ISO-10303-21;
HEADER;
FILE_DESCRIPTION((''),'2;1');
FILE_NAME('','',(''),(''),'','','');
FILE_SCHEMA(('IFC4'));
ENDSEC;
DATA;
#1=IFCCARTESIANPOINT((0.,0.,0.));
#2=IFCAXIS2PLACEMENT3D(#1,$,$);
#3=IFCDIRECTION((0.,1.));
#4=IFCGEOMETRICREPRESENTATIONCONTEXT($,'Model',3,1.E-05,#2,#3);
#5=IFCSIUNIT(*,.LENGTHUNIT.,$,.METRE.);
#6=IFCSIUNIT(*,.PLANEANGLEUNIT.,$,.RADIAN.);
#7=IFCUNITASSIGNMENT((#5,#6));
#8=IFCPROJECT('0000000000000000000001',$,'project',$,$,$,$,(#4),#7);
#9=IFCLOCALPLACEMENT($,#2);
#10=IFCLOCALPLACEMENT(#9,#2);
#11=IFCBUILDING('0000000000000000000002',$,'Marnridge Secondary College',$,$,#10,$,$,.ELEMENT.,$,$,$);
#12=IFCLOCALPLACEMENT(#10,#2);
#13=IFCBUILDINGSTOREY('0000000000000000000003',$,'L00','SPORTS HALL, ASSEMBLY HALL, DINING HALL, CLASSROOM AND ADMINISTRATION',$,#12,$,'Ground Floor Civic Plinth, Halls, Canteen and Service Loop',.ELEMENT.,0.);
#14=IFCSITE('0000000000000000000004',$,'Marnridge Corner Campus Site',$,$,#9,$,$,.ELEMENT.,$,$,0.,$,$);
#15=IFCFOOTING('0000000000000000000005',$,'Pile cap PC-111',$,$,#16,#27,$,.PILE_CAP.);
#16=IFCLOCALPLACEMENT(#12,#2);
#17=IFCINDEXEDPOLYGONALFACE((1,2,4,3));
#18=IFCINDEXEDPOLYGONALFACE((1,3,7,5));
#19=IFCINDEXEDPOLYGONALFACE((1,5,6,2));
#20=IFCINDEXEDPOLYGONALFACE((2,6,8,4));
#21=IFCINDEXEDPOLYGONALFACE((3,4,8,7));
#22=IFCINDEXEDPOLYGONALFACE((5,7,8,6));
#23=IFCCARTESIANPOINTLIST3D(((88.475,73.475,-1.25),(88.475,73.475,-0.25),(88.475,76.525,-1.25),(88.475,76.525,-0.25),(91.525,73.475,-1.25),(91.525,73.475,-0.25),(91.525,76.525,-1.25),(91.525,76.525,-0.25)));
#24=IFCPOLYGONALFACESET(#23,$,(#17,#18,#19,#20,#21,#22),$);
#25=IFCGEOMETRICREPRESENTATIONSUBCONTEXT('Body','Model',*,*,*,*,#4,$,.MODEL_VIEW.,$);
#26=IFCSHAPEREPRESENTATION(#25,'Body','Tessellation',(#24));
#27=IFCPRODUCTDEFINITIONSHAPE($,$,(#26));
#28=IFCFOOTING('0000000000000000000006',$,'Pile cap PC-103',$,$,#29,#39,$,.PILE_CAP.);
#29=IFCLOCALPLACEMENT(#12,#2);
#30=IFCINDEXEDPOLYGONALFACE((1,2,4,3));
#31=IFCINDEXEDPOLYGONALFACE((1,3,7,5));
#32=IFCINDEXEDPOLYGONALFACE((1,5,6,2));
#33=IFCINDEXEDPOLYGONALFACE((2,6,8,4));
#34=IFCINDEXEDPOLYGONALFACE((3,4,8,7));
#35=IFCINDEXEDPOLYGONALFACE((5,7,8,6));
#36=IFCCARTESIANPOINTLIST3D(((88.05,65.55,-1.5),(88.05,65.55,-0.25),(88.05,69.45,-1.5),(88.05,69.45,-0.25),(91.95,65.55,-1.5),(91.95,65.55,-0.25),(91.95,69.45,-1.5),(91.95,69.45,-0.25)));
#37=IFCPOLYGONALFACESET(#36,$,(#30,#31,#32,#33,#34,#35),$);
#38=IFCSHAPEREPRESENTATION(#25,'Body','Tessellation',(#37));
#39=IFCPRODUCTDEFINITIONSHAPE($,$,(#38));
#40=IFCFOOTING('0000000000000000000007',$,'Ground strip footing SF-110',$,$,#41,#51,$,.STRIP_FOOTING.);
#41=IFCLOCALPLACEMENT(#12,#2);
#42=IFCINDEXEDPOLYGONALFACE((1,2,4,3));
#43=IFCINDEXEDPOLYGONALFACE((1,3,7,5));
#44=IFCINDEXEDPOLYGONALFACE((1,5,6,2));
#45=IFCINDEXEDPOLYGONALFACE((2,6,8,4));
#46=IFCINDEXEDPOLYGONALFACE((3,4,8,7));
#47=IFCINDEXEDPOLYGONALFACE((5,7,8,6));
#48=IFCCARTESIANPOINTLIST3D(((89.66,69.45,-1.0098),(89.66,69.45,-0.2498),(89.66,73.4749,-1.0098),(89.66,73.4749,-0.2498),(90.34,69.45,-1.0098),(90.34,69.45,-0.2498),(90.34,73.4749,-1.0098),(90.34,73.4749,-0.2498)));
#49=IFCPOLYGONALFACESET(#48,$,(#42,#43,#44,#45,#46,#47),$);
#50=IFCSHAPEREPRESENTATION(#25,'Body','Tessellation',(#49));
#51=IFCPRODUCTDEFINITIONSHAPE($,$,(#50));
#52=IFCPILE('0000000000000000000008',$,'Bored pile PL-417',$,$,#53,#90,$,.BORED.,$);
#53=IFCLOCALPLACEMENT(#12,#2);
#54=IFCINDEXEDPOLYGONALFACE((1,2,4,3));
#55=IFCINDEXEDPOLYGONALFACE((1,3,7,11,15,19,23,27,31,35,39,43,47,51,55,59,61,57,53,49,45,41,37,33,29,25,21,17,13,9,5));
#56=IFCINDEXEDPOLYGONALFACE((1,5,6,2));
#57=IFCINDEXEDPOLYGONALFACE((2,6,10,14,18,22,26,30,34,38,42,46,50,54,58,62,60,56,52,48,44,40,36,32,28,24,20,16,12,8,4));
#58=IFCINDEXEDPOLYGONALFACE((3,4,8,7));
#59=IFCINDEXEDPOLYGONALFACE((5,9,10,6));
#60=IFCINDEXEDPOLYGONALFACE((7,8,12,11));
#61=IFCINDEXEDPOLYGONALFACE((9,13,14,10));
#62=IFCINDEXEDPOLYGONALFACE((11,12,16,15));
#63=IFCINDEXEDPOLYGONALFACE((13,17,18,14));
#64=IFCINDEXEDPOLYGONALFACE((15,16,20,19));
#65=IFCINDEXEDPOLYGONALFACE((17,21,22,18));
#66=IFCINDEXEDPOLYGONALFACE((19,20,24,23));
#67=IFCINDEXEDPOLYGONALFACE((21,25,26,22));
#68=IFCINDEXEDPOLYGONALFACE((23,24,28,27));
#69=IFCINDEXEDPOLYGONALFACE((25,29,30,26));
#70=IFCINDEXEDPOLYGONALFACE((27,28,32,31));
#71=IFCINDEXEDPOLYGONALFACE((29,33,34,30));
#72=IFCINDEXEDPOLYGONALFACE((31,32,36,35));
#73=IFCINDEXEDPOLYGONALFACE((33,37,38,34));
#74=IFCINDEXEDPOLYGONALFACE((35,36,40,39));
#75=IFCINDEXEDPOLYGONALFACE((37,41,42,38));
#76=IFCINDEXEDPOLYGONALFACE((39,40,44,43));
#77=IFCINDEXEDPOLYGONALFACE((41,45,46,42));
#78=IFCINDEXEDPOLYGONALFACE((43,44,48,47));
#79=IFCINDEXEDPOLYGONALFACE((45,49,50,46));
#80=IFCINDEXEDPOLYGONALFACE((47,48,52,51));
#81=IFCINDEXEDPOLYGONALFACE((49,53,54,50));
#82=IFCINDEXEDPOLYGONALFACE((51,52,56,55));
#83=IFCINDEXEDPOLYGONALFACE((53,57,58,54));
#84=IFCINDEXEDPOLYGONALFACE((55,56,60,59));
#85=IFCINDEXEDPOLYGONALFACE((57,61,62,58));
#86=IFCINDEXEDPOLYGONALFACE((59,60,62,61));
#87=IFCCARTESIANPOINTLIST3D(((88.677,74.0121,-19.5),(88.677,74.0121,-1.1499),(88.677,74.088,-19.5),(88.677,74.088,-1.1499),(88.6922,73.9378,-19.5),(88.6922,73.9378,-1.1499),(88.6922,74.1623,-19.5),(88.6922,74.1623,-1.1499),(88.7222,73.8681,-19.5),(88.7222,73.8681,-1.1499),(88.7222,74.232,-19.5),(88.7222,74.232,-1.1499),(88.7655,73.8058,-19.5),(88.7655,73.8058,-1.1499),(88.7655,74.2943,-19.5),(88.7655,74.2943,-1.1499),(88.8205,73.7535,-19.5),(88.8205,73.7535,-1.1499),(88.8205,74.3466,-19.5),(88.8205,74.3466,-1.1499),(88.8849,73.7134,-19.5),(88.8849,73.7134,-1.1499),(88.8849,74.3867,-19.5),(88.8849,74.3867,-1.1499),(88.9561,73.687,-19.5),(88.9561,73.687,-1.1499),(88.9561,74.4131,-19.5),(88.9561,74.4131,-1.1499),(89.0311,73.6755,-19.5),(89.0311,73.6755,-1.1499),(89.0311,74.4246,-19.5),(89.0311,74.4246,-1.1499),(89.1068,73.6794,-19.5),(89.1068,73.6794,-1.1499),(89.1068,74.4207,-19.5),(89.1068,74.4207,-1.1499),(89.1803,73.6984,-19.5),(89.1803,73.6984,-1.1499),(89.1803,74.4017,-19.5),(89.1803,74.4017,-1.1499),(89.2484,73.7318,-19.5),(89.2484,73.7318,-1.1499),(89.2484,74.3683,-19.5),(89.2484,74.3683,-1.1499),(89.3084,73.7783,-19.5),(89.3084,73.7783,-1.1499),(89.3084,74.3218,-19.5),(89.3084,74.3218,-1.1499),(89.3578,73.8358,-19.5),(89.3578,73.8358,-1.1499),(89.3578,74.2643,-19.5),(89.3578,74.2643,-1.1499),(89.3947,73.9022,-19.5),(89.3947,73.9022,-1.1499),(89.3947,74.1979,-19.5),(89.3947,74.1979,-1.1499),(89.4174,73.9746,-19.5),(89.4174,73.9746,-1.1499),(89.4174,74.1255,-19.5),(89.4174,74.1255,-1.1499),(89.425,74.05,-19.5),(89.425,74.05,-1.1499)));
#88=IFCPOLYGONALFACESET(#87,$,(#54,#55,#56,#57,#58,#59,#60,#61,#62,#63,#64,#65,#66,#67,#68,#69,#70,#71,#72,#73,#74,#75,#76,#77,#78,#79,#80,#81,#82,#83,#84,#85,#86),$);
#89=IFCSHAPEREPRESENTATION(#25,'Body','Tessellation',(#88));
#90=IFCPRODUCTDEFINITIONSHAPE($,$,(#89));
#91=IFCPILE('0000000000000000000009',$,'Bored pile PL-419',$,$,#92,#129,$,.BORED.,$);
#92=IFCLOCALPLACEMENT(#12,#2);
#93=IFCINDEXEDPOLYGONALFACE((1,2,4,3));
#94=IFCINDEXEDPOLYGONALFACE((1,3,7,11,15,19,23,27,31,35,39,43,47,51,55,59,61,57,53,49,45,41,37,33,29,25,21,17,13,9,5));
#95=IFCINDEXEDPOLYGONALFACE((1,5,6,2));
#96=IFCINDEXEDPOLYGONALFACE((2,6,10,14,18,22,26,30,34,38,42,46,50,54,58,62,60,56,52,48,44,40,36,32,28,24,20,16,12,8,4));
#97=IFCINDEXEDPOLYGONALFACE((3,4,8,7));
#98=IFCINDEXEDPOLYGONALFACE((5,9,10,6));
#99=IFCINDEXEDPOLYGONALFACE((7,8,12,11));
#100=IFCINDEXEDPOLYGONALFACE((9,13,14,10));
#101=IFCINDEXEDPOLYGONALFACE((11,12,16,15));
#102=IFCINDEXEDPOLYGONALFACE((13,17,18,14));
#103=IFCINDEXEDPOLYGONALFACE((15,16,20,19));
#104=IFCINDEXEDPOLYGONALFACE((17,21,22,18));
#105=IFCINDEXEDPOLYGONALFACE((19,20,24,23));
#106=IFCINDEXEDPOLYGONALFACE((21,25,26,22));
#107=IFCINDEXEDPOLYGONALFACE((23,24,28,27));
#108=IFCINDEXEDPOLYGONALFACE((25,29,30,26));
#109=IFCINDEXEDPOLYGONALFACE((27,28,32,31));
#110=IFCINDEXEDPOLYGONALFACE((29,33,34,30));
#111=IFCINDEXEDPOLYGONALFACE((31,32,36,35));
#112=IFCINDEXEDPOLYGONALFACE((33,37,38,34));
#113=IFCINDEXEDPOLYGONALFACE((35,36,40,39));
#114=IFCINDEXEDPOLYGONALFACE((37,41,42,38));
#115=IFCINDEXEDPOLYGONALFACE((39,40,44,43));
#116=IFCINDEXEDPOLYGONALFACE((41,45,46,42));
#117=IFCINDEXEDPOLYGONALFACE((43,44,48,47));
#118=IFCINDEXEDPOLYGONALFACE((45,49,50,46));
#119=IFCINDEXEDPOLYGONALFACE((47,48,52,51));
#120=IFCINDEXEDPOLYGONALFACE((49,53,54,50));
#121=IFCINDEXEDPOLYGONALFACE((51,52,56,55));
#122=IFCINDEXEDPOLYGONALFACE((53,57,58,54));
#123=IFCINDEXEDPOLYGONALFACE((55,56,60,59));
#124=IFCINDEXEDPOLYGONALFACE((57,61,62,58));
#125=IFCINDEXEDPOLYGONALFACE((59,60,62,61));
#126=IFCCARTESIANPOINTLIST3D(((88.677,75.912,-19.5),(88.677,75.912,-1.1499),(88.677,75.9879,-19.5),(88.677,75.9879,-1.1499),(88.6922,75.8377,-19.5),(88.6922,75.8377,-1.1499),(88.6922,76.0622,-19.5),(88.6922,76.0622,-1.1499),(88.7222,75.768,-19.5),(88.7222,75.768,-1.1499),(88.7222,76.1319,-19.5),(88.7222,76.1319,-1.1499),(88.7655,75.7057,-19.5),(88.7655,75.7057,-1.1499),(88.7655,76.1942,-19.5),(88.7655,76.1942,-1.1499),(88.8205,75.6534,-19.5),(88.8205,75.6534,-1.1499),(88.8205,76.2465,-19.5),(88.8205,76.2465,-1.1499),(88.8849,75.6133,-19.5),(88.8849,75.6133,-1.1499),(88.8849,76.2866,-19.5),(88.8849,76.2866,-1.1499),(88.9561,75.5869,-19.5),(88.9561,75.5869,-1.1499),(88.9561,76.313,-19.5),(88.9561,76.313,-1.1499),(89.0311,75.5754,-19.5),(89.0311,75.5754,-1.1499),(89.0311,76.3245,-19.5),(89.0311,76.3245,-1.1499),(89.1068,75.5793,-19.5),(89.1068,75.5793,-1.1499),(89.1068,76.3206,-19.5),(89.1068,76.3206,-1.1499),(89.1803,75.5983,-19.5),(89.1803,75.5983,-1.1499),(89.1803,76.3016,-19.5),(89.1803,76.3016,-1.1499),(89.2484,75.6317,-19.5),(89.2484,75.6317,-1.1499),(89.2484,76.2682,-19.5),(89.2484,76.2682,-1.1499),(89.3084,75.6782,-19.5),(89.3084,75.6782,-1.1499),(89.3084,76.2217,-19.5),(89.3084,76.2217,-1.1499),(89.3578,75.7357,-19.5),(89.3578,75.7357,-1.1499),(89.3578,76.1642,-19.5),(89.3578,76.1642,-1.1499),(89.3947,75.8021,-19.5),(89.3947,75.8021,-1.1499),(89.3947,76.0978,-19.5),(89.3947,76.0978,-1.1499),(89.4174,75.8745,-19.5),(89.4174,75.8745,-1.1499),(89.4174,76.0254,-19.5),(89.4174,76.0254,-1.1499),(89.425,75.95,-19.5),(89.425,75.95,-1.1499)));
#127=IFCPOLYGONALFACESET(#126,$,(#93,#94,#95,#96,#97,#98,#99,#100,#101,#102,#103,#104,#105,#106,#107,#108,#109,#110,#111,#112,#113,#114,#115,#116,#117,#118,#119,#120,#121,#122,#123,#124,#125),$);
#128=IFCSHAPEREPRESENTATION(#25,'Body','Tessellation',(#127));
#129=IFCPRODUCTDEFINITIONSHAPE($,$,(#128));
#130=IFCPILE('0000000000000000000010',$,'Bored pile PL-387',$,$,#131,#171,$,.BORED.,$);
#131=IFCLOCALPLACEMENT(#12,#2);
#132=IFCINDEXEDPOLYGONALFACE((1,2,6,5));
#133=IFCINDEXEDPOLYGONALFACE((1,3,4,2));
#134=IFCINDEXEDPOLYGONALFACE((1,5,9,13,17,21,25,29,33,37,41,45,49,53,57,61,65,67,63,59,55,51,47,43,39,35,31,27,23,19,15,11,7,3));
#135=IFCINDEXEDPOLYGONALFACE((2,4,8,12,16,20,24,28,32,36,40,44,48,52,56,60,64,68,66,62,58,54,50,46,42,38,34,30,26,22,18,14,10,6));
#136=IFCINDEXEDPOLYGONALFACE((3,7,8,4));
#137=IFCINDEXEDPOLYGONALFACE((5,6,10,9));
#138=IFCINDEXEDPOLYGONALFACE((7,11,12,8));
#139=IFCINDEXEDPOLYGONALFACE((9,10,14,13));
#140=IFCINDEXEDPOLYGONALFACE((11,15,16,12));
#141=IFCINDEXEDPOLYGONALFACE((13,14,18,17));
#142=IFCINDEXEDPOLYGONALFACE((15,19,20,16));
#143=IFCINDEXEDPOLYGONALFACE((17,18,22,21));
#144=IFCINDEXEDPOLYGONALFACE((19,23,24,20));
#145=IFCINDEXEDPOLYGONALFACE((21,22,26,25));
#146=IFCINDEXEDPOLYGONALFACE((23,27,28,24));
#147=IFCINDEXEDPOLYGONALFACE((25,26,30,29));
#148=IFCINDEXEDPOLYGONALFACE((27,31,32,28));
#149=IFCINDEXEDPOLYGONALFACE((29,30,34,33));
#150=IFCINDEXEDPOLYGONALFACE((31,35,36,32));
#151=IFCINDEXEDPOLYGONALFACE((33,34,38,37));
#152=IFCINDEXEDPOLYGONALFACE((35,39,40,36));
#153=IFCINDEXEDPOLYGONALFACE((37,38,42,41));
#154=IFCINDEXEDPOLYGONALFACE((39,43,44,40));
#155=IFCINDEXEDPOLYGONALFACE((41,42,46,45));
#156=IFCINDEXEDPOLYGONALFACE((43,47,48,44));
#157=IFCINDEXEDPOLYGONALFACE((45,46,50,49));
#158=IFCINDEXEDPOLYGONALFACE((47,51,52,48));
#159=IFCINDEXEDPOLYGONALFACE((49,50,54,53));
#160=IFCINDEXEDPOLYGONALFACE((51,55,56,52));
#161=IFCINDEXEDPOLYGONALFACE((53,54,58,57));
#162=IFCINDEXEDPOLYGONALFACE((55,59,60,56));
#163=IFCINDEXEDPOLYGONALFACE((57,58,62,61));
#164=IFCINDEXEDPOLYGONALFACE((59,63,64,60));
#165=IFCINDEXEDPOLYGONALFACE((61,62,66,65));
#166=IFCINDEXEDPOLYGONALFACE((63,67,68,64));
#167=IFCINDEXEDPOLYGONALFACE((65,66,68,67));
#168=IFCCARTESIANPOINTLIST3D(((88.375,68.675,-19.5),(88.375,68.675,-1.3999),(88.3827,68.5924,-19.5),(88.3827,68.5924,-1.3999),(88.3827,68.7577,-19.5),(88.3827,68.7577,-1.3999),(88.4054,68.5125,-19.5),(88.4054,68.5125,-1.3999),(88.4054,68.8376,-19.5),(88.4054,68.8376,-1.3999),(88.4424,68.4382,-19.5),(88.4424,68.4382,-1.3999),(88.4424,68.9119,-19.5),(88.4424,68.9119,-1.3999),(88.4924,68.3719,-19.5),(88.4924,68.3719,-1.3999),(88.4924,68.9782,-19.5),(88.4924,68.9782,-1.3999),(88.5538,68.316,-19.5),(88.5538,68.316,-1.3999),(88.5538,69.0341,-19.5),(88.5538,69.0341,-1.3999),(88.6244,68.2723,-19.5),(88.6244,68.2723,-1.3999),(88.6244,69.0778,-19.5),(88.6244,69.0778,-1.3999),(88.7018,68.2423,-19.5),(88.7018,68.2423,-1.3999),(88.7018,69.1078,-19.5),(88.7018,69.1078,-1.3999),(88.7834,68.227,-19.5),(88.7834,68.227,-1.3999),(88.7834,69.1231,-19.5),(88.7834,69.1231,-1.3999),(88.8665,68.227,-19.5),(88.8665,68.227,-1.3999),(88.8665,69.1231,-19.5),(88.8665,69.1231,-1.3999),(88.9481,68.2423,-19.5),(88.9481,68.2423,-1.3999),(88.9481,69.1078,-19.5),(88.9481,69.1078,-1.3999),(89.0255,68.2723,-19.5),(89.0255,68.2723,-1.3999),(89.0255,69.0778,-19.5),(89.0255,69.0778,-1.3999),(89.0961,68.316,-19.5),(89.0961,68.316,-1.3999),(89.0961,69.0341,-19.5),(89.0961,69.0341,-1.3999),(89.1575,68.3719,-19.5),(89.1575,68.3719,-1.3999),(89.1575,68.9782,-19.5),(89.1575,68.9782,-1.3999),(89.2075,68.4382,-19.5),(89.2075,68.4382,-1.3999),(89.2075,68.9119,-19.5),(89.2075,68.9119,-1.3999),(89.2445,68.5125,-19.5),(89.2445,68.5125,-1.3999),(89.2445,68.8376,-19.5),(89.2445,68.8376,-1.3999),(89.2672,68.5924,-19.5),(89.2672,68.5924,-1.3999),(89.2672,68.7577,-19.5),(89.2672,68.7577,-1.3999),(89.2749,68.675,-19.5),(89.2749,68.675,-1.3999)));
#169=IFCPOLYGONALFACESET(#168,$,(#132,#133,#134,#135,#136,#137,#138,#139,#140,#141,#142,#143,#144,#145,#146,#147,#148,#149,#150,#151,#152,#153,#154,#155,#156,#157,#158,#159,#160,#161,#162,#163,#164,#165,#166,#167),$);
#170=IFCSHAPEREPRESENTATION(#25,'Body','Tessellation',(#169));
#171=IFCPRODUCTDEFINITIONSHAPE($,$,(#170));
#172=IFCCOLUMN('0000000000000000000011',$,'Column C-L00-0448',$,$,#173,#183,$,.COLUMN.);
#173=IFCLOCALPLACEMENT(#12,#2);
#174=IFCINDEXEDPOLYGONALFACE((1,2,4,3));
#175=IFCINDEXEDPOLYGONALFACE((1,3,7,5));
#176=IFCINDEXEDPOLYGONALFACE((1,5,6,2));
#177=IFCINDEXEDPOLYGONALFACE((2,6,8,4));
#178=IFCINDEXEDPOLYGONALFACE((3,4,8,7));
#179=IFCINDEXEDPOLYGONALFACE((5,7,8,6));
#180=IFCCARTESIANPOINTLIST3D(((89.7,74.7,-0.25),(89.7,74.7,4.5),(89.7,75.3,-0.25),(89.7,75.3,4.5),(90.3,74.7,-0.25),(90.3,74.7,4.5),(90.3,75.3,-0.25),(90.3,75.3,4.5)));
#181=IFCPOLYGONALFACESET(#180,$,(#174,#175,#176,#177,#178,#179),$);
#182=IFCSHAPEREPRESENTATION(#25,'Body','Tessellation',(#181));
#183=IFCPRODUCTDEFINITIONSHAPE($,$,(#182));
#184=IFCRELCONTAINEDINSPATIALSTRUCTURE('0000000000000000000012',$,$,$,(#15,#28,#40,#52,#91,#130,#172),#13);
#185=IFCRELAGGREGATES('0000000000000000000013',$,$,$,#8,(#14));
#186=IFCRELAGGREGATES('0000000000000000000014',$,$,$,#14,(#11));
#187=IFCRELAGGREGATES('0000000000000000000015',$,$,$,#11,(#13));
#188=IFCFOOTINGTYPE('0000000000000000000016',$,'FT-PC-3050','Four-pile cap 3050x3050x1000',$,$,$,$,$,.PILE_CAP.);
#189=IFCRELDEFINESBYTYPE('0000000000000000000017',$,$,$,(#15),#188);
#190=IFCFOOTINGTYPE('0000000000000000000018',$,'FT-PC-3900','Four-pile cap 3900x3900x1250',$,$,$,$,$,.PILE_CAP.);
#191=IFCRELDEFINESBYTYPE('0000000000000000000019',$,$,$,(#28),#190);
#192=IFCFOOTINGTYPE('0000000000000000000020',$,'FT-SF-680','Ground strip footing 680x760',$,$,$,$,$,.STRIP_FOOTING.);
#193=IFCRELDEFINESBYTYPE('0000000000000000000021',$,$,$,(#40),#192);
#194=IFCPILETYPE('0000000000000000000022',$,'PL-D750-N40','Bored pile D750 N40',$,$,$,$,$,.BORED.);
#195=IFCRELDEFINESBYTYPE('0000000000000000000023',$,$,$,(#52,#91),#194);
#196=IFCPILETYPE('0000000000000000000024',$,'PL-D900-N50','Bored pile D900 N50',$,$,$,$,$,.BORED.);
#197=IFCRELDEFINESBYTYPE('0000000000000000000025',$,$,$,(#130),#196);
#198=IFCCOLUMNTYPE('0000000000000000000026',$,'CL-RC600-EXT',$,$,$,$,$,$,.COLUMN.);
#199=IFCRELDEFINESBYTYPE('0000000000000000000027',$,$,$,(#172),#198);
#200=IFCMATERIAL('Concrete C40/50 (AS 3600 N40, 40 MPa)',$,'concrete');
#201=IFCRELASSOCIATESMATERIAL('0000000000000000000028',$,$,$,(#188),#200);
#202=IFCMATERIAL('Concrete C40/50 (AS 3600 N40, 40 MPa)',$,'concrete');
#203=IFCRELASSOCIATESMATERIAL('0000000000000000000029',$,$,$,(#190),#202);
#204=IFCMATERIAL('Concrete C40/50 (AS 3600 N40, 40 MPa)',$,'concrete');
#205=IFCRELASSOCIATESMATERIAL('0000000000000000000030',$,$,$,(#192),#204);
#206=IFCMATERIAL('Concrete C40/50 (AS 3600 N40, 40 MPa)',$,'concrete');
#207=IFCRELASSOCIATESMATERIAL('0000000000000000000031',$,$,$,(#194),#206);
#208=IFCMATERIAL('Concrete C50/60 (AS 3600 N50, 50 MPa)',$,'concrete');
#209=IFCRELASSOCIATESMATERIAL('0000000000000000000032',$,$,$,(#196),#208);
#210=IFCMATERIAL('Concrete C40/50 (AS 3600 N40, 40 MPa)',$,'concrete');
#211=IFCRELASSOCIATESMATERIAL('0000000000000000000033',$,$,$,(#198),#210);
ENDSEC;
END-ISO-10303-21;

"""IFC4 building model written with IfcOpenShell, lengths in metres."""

from ifc_helpers import new_model, si_unit, direction, frame, origin, origin_2d, place, context, subcontext, project, spatial, rectangle, circle, extrude, material, material_profile, profile_set, type_object, element, save


model = new_model("IFC4")

# Units and contexts
model_context = context("Model", 3, precision=1e-05, world=origin(), true_north=direction((0.0, 1.0)))
body_context = subcontext(model_context, "Body", "Model", "MODEL_VIEW")
ifc_project = project(units=[si_unit("LENGTHUNIT", "METRE"), si_unit("PLANEANGLEUNIT", "RADIAN")], contexts=[model_context])

# Site, building, storey
site_placement = place(None, origin())
site = spatial("IfcSite", under=ifc_project, at=site_placement, Name="Marnridge Corner Campus Site", CompositionType="ELEMENT", RefElevation=0.0)
building_placement = place(site_placement, origin())
building = spatial("IfcBuilding", under=site, at=building_placement, Name="Marnridge Secondary College", CompositionType="ELEMENT")
storey_placement = place(building_placement, origin())
storey = spatial("IfcBuildingStorey", under=building, at=storey_placement, Name="L00", Description="SPORTS HALL, ASSEMBLY HALL, DINING HALL, CLASSROOM AND ADMINISTRATION", LongName="Ground Floor Civic Plinth, Halls, Canteen and Service Loop", CompositionType="ELEMENT", Elevation=0.0)

# Footings
ifc_material_1 = material(Name="Concrete C40/50 (AS 3600 N40, 40 MPa)", Category="concrete")
footing_type_1 = type_object("IfcFootingType", Name="FT-PC-3050", Description="Four-pile cap 3050x3050x1000", PredefinedType="PILE_CAP", material=ifc_material_1)
footing_1_placement = place(storey_placement, frame((90.0, 75.0, -1.25), z_axis=(0.0, 0.0, 1.0), x_axis=(1.0, 0.0, 0.0)))
element("IfcFooting", 1, at=footing_1_placement, inside=storey, type_object=footing_type_1, Name="Pile cap PC-111", PredefinedType="PILE_CAP", context=body_context, shape_type="SweptSolid", body=[
    extrude(rectangle(XDim=3.05, YDim=3.05, at=origin_2d()), origin(), (0.0, 0.0, 1.0), 1.0),
])
ifc_material_2 = material(Name="Concrete C40/50 (AS 3600 N40, 40 MPa)", Category="concrete")
footing_type_2 = type_object("IfcFootingType", Name="FT-PC-3900", Description="Four-pile cap 3900x3900x1250", PredefinedType="PILE_CAP", material=ifc_material_2)
footing_2_placement = place(storey_placement, frame((90.0, 67.5, -1.5), z_axis=(0.0, 0.0, 1.0), x_axis=(1.0, 0.0, 0.0)))
element("IfcFooting", 2, at=footing_2_placement, inside=storey, type_object=footing_type_2, Name="Pile cap PC-103", PredefinedType="PILE_CAP", context=body_context, shape_type="SweptSolid", body=[
    extrude(rectangle(XDim=3.8999, YDim=3.8999, at=origin_2d()), origin(), (0.0, 0.0, 1.0), 1.25),
])
ifc_material_3 = material(Name="Concrete C40/50 (AS 3600 N40, 40 MPa)", Category="concrete")
footing_type_3 = type_object("IfcFootingType", Name="FT-SF-680", Description="Ground strip footing 680x760", PredefinedType="STRIP_FOOTING", material=ifc_material_3)
footing_3_placement = place(storey_placement, frame((90.0, 71.4624, -1.0098), z_axis=(0.0, 0.0, 1.0), x_axis=(1.0, 0.0, 0.0)))
element("IfcFooting", 3, at=footing_3_placement, inside=storey, type_object=footing_type_3, Name="Ground strip footing SF-110", PredefinedType="STRIP_FOOTING", context=body_context, shape_type="SweptSolid", body=[
    extrude(rectangle(XDim=0.6799, YDim=4.0249, at=origin_2d()), origin(), (0.0, 0.0, 1.0), 0.76),
])

# Piles
ifc_material_4 = material(Name="Concrete C40/50 (AS 3600 N40, 40 MPa)", Category="concrete")
ifc_material_profile_1 = material_profile(ifc_material_4, circle(Radius=0.375, at=origin_2d()), Name="PILE D750")
ifc_profile_set_1 = profile_set([ifc_material_profile_1], Name="Concrete C40/50 (AS 3600 N40, 40 MPa)")
pile_type_1 = type_object("IfcPileType", Name="PL-D750-N40", Description="Bored pile D750 N40", PredefinedType="BORED", material=ifc_profile_set_1)
for number, where, z_axis, x_axis, name in (
    (4, (89.05, 74.05, -1.1499), (0.0, 0.0, -1.0), (1.0, 0.0, 0.0), "Bored pile PL-417"),
    (5, (89.05, 75.95, -1.1499), (0.0, 0.0, -1.0), (1.0, 0.0, 0.0), "Bored pile PL-419"),
):
    element("IfcPile", number, at=place(storey_placement, frame(where, z_axis=z_axis, x_axis=x_axis)), inside=storey, type_object=pile_type_1, Name=name, PredefinedType="BORED", context=body_context, shape_type="SweptSolid", body=[
        extrude(circle(Radius=0.375, at=origin_2d()), origin(), (0.0, 0.0, 1.0), 18.3501),
    ])
ifc_material_5 = material(Name="Concrete C50/60 (AS 3600 N50, 50 MPa)", Category="concrete")
ifc_material_profile_2 = material_profile(ifc_material_5, circle(Radius=0.45, at=origin_2d()), Name="PILE D900")
ifc_profile_set_2 = profile_set([ifc_material_profile_2], Name="Concrete C50/60 (AS 3600 N50, 50 MPa)")
pile_type_2 = type_object("IfcPileType", Name="PL-D900-N50", Description="Bored pile D900 N50", PredefinedType="BORED", material=ifc_profile_set_2)
pile_placement = place(storey_placement, frame((88.825, 68.675, -1.3999), z_axis=(0.0, 0.0, -1.0), x_axis=(1.0, 0.0, 0.0)))
element("IfcPile", 6, at=pile_placement, inside=storey, type_object=pile_type_2, Name="Bored pile PL-387", PredefinedType="BORED", context=body_context, shape_type="SweptSolid", body=[
    extrude(circle(Radius=0.45, at=origin_2d()), origin(), (0.0, 0.0, 1.0), 18.1001),
])

# Column
ifc_material_6 = material(Name="Concrete C40/50 (AS 3600 N40, 40 MPa)", Category="concrete")
ifc_material_profile_3 = material_profile(ifc_material_6, rectangle(XDim=0.6001, YDim=0.6001, at=origin_2d()), Name="RC 600x600")
ifc_profile_set_3 = profile_set([ifc_material_profile_3], Name="Concrete C40/50 (AS 3600 N40, 40 MPa)")
column_type_1 = type_object("IfcColumnType", Name="CL-RC600-EXT", PredefinedType="COLUMN", material=ifc_profile_set_3)
column_1_placement = place(storey_placement, frame((90.0, 75.0, -0.25), z_axis=(0.0, 0.0, 1.0), x_axis=(1.0, 0.0, 0.0)))
element("IfcColumn", 7, at=column_1_placement, inside=storey, type_object=column_type_1, Name="Column C-L00-0448", PredefinedType="COLUMN", context=body_context, shape_type="SweptSolid", body=[
    extrude(rectangle(XDim=0.6001, YDim=0.6001, at=origin_2d()), origin(), (0.0, 0.0, 1.0), 4.75),
])

save(model, "model.ifc")
